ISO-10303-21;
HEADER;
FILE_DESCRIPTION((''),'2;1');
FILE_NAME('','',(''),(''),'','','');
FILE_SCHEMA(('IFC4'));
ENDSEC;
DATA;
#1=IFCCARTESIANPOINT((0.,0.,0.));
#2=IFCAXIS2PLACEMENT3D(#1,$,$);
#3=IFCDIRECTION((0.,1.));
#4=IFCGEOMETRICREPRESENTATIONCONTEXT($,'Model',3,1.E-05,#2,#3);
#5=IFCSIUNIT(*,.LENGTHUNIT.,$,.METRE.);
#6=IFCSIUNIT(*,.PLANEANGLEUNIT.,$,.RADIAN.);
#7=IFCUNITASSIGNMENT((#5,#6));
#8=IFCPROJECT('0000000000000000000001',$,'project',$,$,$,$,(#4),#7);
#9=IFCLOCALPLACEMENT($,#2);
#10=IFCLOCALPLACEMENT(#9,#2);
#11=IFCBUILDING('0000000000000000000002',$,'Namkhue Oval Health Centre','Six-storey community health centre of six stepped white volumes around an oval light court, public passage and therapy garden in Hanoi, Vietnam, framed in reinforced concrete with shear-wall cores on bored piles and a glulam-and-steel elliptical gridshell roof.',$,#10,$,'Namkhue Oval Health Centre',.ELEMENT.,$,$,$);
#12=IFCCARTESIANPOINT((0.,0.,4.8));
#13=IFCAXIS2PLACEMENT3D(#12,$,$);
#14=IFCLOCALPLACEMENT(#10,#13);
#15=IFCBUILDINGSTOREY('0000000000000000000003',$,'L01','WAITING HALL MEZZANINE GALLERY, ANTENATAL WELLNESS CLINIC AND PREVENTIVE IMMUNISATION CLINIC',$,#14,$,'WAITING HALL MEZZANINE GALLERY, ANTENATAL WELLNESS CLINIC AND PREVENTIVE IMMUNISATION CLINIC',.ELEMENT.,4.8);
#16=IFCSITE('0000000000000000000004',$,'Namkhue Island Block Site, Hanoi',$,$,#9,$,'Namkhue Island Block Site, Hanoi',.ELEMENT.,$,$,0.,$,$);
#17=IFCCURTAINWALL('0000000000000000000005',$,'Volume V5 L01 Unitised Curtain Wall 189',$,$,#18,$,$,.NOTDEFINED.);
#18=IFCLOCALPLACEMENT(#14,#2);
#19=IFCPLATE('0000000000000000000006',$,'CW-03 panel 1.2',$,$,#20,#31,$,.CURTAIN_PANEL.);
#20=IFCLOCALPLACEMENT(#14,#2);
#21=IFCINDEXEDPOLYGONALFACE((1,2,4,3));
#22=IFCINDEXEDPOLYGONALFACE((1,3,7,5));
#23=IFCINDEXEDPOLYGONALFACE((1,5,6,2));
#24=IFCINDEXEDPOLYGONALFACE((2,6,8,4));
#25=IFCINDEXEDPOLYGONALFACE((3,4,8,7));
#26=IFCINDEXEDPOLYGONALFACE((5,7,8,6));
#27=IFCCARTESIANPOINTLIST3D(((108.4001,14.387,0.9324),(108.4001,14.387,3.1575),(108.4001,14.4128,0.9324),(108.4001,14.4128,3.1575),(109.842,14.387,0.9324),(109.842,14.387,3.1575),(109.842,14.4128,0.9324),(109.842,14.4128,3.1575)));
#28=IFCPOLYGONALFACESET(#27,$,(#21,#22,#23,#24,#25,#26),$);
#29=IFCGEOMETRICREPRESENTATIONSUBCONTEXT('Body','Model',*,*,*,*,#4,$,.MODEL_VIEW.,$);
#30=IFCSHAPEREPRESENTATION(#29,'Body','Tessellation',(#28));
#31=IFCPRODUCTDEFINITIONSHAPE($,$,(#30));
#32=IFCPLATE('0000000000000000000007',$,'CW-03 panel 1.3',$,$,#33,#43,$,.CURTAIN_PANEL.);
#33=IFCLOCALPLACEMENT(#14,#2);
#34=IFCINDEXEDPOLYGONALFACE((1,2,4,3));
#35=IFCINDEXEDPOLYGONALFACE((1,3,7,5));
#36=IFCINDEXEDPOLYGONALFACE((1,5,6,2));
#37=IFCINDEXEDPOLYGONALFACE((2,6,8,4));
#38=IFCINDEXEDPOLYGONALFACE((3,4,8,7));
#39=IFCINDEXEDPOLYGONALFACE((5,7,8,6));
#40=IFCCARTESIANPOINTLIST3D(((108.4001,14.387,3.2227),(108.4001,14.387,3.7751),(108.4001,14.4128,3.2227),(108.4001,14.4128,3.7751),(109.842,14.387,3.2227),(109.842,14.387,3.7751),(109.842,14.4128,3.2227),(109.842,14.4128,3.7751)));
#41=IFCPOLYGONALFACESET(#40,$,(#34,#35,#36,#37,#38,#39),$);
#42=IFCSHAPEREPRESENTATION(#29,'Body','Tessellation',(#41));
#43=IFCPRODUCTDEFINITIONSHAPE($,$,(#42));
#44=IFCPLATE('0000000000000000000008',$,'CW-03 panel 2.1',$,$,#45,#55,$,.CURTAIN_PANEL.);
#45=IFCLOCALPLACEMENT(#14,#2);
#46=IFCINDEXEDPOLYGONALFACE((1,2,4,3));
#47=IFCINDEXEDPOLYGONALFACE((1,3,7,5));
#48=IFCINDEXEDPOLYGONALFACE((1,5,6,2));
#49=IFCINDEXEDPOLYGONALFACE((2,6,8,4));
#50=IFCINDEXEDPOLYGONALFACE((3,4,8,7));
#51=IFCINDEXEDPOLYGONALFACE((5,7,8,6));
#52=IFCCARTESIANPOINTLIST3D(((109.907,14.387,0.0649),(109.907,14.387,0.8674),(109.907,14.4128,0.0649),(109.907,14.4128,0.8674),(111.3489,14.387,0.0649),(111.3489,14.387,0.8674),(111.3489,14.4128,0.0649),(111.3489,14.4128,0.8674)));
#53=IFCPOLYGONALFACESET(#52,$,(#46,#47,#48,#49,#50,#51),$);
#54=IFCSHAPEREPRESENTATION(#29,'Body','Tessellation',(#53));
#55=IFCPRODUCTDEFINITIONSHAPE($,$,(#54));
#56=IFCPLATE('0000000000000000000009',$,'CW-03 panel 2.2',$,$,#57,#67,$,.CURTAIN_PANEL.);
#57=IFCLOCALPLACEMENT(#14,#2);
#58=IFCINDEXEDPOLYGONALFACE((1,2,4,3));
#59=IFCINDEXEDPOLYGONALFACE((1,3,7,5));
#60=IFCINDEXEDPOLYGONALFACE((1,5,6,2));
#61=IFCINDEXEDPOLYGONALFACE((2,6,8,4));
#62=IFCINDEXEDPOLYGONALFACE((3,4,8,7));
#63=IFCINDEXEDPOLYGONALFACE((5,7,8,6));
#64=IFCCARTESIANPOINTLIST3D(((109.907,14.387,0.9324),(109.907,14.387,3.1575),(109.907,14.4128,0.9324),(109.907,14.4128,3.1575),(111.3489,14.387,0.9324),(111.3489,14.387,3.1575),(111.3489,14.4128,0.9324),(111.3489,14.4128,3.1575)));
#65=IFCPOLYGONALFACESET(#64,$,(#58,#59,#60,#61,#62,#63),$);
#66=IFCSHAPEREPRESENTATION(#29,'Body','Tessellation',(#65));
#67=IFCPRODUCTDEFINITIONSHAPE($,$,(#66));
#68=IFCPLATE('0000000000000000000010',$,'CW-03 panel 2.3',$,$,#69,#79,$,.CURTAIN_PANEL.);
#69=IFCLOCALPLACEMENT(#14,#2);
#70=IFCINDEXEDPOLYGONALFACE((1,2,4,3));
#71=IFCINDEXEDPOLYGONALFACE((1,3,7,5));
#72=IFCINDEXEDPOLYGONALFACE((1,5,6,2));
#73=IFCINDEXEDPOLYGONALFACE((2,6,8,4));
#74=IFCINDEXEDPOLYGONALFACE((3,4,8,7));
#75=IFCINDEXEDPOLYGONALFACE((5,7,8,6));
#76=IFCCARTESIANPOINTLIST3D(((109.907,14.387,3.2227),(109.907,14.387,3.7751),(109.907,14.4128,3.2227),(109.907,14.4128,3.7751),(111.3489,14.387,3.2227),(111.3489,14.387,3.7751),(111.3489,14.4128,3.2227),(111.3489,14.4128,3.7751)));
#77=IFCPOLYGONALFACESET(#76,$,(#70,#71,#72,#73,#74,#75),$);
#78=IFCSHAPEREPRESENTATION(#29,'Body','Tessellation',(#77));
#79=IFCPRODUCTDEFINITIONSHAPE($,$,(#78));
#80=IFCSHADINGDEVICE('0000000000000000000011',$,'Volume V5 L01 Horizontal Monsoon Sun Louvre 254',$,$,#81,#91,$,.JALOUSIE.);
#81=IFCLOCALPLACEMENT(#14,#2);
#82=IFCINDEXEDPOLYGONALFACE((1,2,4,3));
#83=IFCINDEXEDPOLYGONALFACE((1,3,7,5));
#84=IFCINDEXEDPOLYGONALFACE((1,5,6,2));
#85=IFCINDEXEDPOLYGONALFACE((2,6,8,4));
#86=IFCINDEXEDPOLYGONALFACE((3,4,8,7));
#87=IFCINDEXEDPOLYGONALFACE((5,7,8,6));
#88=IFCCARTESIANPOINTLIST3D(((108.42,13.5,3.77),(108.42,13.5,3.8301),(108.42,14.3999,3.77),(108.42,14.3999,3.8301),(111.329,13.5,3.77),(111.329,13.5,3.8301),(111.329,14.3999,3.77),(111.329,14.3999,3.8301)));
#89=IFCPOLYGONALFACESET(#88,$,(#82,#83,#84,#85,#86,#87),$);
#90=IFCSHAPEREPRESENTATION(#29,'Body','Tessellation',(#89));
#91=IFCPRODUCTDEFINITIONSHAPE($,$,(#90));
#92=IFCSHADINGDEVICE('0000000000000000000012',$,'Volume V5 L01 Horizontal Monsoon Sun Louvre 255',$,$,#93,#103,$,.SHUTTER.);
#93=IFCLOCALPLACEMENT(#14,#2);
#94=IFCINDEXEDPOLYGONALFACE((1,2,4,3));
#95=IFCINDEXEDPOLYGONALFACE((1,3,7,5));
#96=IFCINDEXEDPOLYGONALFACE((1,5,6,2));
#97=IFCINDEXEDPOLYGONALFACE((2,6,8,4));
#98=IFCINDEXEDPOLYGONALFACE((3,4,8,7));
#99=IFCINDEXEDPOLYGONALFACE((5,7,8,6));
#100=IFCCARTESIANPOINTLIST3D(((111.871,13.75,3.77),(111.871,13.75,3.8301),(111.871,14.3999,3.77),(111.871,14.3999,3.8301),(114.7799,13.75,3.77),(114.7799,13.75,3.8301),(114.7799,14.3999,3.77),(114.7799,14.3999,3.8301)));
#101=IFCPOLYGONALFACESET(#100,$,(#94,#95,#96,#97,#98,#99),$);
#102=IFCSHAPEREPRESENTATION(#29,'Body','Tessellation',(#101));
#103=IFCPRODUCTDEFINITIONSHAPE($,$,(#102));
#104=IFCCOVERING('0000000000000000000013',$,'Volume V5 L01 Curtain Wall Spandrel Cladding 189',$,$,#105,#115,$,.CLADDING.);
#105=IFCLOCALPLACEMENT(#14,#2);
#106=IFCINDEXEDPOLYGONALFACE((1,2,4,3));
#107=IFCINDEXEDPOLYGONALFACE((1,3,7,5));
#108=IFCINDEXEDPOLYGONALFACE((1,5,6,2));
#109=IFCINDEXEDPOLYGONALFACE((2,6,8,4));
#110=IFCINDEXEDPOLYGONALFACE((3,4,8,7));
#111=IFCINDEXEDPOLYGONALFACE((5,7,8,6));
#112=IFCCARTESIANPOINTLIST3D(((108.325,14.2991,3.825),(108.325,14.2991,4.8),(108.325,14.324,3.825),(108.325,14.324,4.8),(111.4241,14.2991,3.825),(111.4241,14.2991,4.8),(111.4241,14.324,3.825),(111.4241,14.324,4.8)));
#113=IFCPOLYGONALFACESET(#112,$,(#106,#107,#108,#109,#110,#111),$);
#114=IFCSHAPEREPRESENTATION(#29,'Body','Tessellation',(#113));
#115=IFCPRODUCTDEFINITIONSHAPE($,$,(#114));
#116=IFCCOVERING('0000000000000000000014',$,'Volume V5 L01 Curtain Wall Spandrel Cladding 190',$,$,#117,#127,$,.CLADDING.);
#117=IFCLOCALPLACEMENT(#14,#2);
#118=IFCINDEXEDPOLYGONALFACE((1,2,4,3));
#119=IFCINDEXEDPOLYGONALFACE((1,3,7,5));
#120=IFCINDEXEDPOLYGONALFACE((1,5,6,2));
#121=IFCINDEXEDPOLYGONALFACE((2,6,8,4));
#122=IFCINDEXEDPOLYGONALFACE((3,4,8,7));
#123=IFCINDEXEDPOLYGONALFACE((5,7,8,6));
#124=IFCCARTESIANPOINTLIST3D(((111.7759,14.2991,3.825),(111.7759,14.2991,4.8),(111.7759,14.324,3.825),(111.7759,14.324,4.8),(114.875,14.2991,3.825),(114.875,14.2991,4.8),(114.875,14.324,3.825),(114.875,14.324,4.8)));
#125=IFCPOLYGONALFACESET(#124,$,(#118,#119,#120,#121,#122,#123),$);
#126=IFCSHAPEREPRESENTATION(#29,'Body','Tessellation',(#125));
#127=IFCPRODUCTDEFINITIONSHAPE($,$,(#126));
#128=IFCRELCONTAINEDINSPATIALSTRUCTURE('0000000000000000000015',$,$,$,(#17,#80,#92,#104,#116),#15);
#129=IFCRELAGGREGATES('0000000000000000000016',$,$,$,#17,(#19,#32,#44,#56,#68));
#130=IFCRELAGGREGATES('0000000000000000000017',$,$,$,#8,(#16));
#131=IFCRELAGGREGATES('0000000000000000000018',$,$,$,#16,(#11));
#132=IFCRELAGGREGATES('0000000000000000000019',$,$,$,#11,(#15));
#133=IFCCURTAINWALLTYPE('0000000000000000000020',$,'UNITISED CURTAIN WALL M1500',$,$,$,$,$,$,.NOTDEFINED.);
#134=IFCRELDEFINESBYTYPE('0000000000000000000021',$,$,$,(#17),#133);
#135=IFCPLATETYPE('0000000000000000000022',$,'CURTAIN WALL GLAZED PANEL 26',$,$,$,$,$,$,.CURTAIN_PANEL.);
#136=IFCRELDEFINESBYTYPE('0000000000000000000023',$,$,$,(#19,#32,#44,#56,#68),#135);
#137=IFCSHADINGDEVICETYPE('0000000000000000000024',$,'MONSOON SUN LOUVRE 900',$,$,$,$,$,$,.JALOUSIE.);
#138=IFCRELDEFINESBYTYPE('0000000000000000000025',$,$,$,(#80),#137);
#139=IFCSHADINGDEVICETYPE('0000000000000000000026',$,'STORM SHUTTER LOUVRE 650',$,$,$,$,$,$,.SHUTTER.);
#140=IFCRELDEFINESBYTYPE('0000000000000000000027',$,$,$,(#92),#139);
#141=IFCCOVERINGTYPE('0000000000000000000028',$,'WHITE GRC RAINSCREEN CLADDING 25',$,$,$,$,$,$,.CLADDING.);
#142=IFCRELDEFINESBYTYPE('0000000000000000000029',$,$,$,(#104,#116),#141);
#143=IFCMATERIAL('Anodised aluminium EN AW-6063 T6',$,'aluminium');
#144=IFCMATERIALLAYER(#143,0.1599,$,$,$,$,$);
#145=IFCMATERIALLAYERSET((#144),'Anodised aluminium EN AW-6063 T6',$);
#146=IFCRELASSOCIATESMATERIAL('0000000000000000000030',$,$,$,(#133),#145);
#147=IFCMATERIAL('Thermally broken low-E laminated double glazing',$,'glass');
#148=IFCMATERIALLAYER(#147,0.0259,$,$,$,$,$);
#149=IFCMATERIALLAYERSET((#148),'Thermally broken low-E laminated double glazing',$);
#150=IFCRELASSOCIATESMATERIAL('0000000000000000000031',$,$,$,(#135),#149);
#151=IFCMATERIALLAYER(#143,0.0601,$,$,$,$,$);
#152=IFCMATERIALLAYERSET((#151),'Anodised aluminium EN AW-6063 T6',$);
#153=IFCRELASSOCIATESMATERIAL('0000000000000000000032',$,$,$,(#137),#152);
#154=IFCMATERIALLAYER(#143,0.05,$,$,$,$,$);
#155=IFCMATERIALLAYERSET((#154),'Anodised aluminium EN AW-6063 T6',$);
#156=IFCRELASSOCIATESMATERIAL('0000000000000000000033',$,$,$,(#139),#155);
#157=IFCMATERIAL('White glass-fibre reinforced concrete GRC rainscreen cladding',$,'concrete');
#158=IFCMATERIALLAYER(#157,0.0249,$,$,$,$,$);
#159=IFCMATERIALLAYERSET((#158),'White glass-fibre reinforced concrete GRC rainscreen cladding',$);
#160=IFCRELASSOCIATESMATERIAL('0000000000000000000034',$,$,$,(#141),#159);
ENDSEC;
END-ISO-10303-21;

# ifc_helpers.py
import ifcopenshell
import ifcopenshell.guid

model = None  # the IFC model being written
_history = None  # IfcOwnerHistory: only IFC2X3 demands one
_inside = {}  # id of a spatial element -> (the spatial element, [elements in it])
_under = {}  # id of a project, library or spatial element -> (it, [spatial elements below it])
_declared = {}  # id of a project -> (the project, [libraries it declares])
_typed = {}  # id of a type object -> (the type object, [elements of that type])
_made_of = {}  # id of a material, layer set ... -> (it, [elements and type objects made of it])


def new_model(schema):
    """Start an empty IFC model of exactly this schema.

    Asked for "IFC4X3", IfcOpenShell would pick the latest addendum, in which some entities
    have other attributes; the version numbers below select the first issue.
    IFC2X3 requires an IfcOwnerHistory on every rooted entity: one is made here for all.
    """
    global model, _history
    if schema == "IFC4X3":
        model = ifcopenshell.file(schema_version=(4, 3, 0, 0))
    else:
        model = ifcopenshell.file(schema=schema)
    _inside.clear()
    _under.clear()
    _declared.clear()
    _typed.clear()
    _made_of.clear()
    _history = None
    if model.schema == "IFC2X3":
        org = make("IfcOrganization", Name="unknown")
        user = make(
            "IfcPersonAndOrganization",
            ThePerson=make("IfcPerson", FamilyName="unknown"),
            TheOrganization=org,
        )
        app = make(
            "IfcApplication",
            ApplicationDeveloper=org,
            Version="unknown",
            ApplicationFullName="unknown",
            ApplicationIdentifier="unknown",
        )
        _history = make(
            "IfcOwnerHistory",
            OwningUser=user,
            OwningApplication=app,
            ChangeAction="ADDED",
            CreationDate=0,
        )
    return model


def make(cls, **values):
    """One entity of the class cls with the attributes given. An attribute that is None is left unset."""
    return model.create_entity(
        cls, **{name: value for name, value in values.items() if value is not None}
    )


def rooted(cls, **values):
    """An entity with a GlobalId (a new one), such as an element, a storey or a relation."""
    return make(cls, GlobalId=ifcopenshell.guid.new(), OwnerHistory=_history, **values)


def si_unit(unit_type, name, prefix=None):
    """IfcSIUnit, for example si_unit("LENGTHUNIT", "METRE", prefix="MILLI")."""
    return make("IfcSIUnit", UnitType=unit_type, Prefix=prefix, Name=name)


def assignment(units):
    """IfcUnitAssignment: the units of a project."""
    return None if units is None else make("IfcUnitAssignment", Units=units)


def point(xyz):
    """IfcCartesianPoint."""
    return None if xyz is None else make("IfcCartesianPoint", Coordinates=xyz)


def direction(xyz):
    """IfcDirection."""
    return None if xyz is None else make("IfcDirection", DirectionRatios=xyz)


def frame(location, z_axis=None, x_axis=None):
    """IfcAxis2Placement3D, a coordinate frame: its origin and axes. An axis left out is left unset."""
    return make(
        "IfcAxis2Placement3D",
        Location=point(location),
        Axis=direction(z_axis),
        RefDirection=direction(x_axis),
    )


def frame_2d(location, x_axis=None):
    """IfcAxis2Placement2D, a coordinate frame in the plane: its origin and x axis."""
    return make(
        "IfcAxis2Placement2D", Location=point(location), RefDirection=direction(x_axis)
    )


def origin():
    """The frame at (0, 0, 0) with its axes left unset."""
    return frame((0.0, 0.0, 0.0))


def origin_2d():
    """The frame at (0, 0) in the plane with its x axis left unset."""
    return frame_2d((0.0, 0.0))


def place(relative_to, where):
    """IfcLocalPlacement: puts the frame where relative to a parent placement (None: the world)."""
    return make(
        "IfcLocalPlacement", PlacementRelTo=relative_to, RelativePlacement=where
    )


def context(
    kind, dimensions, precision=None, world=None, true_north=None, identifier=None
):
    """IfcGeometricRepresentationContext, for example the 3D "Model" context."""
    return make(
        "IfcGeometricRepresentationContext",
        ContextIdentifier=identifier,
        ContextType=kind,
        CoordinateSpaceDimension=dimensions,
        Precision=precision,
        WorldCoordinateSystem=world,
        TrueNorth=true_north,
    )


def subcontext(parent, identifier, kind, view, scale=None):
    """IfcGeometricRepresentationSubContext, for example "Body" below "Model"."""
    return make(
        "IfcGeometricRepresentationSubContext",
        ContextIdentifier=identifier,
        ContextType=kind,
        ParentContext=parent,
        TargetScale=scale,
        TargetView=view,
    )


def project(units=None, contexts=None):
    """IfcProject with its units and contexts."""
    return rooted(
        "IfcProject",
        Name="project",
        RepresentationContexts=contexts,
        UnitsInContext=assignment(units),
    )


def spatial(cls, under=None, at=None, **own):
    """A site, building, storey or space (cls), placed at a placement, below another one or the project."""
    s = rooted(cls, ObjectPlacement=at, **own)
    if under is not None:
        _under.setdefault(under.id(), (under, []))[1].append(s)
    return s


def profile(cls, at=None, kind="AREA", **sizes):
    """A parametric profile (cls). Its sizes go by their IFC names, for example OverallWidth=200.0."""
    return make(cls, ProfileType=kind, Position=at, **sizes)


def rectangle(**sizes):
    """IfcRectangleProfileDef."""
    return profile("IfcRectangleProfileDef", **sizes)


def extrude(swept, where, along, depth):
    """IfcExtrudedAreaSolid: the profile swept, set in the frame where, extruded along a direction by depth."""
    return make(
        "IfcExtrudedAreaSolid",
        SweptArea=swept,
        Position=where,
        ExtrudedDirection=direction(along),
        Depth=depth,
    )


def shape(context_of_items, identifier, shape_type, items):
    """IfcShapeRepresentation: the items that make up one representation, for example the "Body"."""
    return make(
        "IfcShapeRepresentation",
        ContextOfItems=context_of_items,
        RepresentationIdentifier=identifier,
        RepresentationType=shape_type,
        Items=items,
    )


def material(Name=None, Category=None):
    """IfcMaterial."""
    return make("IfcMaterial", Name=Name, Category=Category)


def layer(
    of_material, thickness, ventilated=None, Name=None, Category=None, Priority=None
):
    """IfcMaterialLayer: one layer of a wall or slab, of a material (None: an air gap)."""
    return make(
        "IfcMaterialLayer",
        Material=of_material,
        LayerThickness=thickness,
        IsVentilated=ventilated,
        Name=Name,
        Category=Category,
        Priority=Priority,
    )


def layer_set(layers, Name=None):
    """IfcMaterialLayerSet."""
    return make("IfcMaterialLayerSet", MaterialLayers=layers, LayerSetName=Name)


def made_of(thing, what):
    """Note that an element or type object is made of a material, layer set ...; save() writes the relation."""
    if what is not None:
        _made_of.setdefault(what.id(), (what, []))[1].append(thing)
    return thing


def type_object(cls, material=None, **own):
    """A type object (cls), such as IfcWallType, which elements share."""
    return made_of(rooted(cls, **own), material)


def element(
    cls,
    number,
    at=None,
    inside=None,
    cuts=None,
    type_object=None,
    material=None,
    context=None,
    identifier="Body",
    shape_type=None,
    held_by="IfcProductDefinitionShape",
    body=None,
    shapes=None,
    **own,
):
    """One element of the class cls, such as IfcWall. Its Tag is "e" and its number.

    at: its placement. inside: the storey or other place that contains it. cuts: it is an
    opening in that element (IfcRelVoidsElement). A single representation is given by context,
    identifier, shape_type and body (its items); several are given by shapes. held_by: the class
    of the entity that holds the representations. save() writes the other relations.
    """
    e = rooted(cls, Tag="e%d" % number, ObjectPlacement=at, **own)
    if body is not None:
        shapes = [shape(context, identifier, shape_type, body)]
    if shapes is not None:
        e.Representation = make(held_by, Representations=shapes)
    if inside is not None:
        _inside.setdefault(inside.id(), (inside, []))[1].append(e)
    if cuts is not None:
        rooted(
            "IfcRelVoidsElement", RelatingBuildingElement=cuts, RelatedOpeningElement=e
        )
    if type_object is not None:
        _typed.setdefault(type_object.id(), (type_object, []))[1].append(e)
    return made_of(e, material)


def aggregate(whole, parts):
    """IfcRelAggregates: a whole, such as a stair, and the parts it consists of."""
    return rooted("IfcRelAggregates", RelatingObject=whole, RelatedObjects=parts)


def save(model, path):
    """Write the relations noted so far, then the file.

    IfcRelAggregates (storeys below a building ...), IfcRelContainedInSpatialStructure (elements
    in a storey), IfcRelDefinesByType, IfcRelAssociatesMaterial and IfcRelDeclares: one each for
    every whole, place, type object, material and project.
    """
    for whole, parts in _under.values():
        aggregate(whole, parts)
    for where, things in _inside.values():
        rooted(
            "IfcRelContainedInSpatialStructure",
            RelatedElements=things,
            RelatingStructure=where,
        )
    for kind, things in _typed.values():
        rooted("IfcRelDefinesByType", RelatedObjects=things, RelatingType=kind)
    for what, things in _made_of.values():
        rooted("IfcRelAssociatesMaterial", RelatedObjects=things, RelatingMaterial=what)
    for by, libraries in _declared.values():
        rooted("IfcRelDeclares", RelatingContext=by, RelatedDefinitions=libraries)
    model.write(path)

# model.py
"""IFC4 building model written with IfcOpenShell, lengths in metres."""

from ifc_helpers import new_model, si_unit, direction, frame, origin, origin_2d, place, context, subcontext, project, spatial, rectangle, extrude, material, layer, layer_set, type_object, element, aggregate, save


model = new_model("IFC4")

# Units and contexts
model_context = context("Model", 3, precision=1e-05, world=origin(), true_north=direction((0.0, 1.0)))
body_context = subcontext(model_context, "Body", "Model", "MODEL_VIEW")
ifc_project = project(units=[si_unit("LENGTHUNIT", "METRE"), si_unit("PLANEANGLEUNIT", "RADIAN")], contexts=[model_context])

# Site, building, storey
site_placement = place(None, origin())
site = spatial("IfcSite", under=ifc_project, at=site_placement, Name="Namkhue Island Block Site, Hanoi", LongName="Namkhue Island Block Site, Hanoi", CompositionType="ELEMENT", RefElevation=0.0)
building_placement = place(site_placement, origin())
building = spatial("IfcBuilding", under=site, at=building_placement, Name="Namkhue Oval Health Centre", Description="Six-storey community health centre of six stepped white volumes around an oval light court, public passage and therapy garden in Hanoi, Vietnam, framed in reinforced concrete with shear-wall cores on bored piles and a glulam-and-steel elliptical gridshell roof.", LongName="Namkhue Oval Health Centre", CompositionType="ELEMENT")
storey_placement = place(building_placement, frame((0.0, 0.0, 4.8)))
storey = spatial("IfcBuildingStorey", under=building, at=storey_placement, Name="L01", Description="WAITING HALL MEZZANINE GALLERY, ANTENATAL WELLNESS CLINIC AND PREVENTIVE IMMUNISATION CLINIC", LongName="WAITING HALL MEZZANINE GALLERY, ANTENATAL WELLNESS CLINIC AND PREVENTIVE IMMUNISATION CLINIC", CompositionType="ELEMENT", Elevation=4.8)

# Curtain wall
ifc_material_1 = material(Name="Anodised aluminium EN AW-6063 T6", Category="aluminium")
ifc_layer_1 = layer(ifc_material_1, 0.1599)
ifc_layer_set_1 = layer_set([ifc_layer_1], Name="Anodised aluminium EN AW-6063 T6")
curtain_wall_type = type_object("IfcCurtainWallType", Name="UNITISED CURTAIN WALL M1500", PredefinedType="NOTDEFINED", material=ifc_layer_set_1)
curtain_wall_placement = place(storey_placement, origin())
curtain_wall = element("IfcCurtainWall", 1, at=curtain_wall_placement, inside=storey, type_object=curtain_wall_type, Name="Volume V5 L01 Unitised Curtain Wall 189", PredefinedType="NOTDEFINED")

# Plates
ifc_material_2 = material(Name="Thermally broken low-E laminated double glazing", Category="glass")
ifc_layer_2 = layer(ifc_material_2, 0.0259)
ifc_layer_set_2 = layer_set([ifc_layer_2], Name="Thermally broken low-E laminated double glazing")
plate_type = type_object("IfcPlateType", Name="CURTAIN WALL GLAZED PANEL 26", PredefinedType="CURTAIN_PANEL", material=ifc_layer_set_2)
plate_1_placement = place(storey_placement, frame((109.1211, 14.3999, 0.9324), z_axis=(0.0, 0.0, 1.0), x_axis=(1.0, 0.0, 0.0)))
plate_1 = element("IfcPlate", 2, at=plate_1_placement, type_object=plate_type, Name="CW-03 panel 1.2", PredefinedType="CURTAIN_PANEL", context=body_context, shape_type="SweptSolid", body=[
    extrude(rectangle(XDim=1.4419, YDim=0.0259, at=origin_2d()), origin(), (0.0, 0.0, 1.0), 2.2251),
])
plate_2_placement = place(storey_placement, frame((109.1211, 14.3999, 3.2227), z_axis=(0.0, 0.0, 1.0), x_axis=(1.0, 0.0, 0.0)))
plate_2 = element("IfcPlate", 3, at=plate_2_placement, type_object=plate_type, Name="CW-03 panel 1.3", PredefinedType="CURTAIN_PANEL", context=body_context, shape_type="SweptSolid", body=[
    extrude(rectangle(XDim=1.4419, YDim=0.0259, at=origin_2d()), origin(), (0.0, 0.0, 1.0), 0.5525),
])
plate_3_placement = place(storey_placement, frame((110.6279, 14.3999, 0.0649), z_axis=(0.0, 0.0, 1.0), x_axis=(1.0, 0.0, 0.0)))
plate_3 = element("IfcPlate", 4, at=plate_3_placement, type_object=plate_type, Name="CW-03 panel 2.1", PredefinedType="CURTAIN_PANEL", context=body_context, shape_type="SweptSolid", body=[
    extrude(rectangle(XDim=1.4419, YDim=0.0259, at=origin_2d()), origin(), (0.0, 0.0, 1.0), 0.8025),
])
plate_4_placement = place(storey_placement, frame((110.6279, 14.3999, 0.9324), z_axis=(0.0, 0.0, 1.0), x_axis=(1.0, 0.0, 0.0)))
plate_4 = element("IfcPlate", 5, at=plate_4_placement, type_object=plate_type, Name="CW-03 panel 2.2", PredefinedType="CURTAIN_PANEL", context=body_context, shape_type="SweptSolid", body=[
    extrude(rectangle(XDim=1.4419, YDim=0.0259, at=origin_2d()), origin(), (0.0, 0.0, 1.0), 2.2251),
])
plate_5_placement = place(storey_placement, frame((110.6279, 14.3999, 3.2227), z_axis=(0.0, 0.0, 1.0), x_axis=(1.0, 0.0, 0.0)))
plate_5 = element("IfcPlate", 6, at=plate_5_placement, type_object=plate_type, Name="CW-03 panel 2.3", PredefinedType="CURTAIN_PANEL", context=body_context, shape_type="SweptSolid", body=[
    extrude(rectangle(XDim=1.4419, YDim=0.0259, at=origin_2d()), origin(), (0.0, 0.0, 1.0), 0.5525),
])
aggregate(curtain_wall, [plate_1, plate_2, plate_3, plate_4, plate_5])

# Shading devices
ifc_layer_3 = layer(ifc_material_1, 0.0601)
ifc_layer_set_3 = layer_set([ifc_layer_3], Name="Anodised aluminium EN AW-6063 T6")
shading_device_type_1 = type_object("IfcShadingDeviceType", Name="MONSOON SUN LOUVRE 900", PredefinedType="JALOUSIE", material=ifc_layer_set_3)
shading_device_1_placement = place(storey_placement, frame((109.8745, 13.95, 3.77), z_axis=(0.0, 0.0, 1.0), x_axis=(1.0, 0.0, 0.0)))
element("IfcShadingDevice", 7, at=shading_device_1_placement, inside=storey, type_object=shading_device_type_1, Name="Volume V5 L01 Horizontal Monsoon Sun Louvre 254", PredefinedType="JALOUSIE", context=body_context, shape_type="SweptSolid", body=[
    extrude(rectangle(XDim=2.9089, YDim=0.8999, at=origin_2d()), origin(), (0.0, 0.0, 1.0), 0.0601),
])
ifc_layer_4 = layer(ifc_material_1, 0.05)
ifc_layer_set_4 = layer_set([ifc_layer_4], Name="Anodised aluminium EN AW-6063 T6")
shading_device_type_2 = type_object("IfcShadingDeviceType", Name="STORM SHUTTER LOUVRE 650", PredefinedType="SHUTTER", material=ifc_layer_set_4)
shading_device_2_placement = place(storey_placement, frame((113.3254, 14.075, 3.77), z_axis=(0.0, 0.0, 1.0), x_axis=(1.0, 0.0, 0.0)))
element("IfcShadingDevice", 8, at=shading_device_2_placement, inside=storey, type_object=shading_device_type_2, Name="Volume V5 L01 Horizontal Monsoon Sun Louvre 255", PredefinedType="SHUTTER", context=body_context, shape_type="SweptSolid", body=[
    extrude(rectangle(XDim=2.9089, YDim=0.6499, at=origin_2d()), origin(), (0.0, 0.0, 1.0), 0.0601),
])

# Coverings
ifc_material_3 = material(Name="White glass-fibre reinforced concrete GRC rainscreen cladding", Category="concrete")
ifc_layer_5 = layer(ifc_material_3, 0.0249)
ifc_layer_set_5 = layer_set([ifc_layer_5], Name="White glass-fibre reinforced concrete GRC rainscreen cladding")
covering_type = type_object("IfcCoveringType", Name="WHITE GRC RAINSCREEN CLADDING 25", PredefinedType="CLADDING", material=ifc_layer_set_5)
for number, where, z_axis, x_axis, name in (
    (9, (109.8745, 14.3115, 3.825), (0.0, 0.0, 1.0), (1.0, 0.0, 0.0), "Volume V5 L01 Curtain Wall Spandrel Cladding 189"),
    (10, (113.3254, 14.3115, 3.825), (0.0, 0.0, 1.0), (1.0, 0.0, 0.0), "Volume V5 L01 Curtain Wall Spandrel Cladding 190"),
):
    element("IfcCovering", number, at=place(storey_placement, frame(where, z_axis=z_axis, x_axis=x_axis)), inside=storey, type_object=covering_type, Name=name, PredefinedType="CLADDING", context=body_context, shape_type="SweptSolid", body=[
        extrude(rectangle(XDim=3.0991, YDim=0.0249, at=origin_2d()), origin(), (0.0, 0.0, 1.0), 0.9751),
    ])

save(model, "model.ifc")
